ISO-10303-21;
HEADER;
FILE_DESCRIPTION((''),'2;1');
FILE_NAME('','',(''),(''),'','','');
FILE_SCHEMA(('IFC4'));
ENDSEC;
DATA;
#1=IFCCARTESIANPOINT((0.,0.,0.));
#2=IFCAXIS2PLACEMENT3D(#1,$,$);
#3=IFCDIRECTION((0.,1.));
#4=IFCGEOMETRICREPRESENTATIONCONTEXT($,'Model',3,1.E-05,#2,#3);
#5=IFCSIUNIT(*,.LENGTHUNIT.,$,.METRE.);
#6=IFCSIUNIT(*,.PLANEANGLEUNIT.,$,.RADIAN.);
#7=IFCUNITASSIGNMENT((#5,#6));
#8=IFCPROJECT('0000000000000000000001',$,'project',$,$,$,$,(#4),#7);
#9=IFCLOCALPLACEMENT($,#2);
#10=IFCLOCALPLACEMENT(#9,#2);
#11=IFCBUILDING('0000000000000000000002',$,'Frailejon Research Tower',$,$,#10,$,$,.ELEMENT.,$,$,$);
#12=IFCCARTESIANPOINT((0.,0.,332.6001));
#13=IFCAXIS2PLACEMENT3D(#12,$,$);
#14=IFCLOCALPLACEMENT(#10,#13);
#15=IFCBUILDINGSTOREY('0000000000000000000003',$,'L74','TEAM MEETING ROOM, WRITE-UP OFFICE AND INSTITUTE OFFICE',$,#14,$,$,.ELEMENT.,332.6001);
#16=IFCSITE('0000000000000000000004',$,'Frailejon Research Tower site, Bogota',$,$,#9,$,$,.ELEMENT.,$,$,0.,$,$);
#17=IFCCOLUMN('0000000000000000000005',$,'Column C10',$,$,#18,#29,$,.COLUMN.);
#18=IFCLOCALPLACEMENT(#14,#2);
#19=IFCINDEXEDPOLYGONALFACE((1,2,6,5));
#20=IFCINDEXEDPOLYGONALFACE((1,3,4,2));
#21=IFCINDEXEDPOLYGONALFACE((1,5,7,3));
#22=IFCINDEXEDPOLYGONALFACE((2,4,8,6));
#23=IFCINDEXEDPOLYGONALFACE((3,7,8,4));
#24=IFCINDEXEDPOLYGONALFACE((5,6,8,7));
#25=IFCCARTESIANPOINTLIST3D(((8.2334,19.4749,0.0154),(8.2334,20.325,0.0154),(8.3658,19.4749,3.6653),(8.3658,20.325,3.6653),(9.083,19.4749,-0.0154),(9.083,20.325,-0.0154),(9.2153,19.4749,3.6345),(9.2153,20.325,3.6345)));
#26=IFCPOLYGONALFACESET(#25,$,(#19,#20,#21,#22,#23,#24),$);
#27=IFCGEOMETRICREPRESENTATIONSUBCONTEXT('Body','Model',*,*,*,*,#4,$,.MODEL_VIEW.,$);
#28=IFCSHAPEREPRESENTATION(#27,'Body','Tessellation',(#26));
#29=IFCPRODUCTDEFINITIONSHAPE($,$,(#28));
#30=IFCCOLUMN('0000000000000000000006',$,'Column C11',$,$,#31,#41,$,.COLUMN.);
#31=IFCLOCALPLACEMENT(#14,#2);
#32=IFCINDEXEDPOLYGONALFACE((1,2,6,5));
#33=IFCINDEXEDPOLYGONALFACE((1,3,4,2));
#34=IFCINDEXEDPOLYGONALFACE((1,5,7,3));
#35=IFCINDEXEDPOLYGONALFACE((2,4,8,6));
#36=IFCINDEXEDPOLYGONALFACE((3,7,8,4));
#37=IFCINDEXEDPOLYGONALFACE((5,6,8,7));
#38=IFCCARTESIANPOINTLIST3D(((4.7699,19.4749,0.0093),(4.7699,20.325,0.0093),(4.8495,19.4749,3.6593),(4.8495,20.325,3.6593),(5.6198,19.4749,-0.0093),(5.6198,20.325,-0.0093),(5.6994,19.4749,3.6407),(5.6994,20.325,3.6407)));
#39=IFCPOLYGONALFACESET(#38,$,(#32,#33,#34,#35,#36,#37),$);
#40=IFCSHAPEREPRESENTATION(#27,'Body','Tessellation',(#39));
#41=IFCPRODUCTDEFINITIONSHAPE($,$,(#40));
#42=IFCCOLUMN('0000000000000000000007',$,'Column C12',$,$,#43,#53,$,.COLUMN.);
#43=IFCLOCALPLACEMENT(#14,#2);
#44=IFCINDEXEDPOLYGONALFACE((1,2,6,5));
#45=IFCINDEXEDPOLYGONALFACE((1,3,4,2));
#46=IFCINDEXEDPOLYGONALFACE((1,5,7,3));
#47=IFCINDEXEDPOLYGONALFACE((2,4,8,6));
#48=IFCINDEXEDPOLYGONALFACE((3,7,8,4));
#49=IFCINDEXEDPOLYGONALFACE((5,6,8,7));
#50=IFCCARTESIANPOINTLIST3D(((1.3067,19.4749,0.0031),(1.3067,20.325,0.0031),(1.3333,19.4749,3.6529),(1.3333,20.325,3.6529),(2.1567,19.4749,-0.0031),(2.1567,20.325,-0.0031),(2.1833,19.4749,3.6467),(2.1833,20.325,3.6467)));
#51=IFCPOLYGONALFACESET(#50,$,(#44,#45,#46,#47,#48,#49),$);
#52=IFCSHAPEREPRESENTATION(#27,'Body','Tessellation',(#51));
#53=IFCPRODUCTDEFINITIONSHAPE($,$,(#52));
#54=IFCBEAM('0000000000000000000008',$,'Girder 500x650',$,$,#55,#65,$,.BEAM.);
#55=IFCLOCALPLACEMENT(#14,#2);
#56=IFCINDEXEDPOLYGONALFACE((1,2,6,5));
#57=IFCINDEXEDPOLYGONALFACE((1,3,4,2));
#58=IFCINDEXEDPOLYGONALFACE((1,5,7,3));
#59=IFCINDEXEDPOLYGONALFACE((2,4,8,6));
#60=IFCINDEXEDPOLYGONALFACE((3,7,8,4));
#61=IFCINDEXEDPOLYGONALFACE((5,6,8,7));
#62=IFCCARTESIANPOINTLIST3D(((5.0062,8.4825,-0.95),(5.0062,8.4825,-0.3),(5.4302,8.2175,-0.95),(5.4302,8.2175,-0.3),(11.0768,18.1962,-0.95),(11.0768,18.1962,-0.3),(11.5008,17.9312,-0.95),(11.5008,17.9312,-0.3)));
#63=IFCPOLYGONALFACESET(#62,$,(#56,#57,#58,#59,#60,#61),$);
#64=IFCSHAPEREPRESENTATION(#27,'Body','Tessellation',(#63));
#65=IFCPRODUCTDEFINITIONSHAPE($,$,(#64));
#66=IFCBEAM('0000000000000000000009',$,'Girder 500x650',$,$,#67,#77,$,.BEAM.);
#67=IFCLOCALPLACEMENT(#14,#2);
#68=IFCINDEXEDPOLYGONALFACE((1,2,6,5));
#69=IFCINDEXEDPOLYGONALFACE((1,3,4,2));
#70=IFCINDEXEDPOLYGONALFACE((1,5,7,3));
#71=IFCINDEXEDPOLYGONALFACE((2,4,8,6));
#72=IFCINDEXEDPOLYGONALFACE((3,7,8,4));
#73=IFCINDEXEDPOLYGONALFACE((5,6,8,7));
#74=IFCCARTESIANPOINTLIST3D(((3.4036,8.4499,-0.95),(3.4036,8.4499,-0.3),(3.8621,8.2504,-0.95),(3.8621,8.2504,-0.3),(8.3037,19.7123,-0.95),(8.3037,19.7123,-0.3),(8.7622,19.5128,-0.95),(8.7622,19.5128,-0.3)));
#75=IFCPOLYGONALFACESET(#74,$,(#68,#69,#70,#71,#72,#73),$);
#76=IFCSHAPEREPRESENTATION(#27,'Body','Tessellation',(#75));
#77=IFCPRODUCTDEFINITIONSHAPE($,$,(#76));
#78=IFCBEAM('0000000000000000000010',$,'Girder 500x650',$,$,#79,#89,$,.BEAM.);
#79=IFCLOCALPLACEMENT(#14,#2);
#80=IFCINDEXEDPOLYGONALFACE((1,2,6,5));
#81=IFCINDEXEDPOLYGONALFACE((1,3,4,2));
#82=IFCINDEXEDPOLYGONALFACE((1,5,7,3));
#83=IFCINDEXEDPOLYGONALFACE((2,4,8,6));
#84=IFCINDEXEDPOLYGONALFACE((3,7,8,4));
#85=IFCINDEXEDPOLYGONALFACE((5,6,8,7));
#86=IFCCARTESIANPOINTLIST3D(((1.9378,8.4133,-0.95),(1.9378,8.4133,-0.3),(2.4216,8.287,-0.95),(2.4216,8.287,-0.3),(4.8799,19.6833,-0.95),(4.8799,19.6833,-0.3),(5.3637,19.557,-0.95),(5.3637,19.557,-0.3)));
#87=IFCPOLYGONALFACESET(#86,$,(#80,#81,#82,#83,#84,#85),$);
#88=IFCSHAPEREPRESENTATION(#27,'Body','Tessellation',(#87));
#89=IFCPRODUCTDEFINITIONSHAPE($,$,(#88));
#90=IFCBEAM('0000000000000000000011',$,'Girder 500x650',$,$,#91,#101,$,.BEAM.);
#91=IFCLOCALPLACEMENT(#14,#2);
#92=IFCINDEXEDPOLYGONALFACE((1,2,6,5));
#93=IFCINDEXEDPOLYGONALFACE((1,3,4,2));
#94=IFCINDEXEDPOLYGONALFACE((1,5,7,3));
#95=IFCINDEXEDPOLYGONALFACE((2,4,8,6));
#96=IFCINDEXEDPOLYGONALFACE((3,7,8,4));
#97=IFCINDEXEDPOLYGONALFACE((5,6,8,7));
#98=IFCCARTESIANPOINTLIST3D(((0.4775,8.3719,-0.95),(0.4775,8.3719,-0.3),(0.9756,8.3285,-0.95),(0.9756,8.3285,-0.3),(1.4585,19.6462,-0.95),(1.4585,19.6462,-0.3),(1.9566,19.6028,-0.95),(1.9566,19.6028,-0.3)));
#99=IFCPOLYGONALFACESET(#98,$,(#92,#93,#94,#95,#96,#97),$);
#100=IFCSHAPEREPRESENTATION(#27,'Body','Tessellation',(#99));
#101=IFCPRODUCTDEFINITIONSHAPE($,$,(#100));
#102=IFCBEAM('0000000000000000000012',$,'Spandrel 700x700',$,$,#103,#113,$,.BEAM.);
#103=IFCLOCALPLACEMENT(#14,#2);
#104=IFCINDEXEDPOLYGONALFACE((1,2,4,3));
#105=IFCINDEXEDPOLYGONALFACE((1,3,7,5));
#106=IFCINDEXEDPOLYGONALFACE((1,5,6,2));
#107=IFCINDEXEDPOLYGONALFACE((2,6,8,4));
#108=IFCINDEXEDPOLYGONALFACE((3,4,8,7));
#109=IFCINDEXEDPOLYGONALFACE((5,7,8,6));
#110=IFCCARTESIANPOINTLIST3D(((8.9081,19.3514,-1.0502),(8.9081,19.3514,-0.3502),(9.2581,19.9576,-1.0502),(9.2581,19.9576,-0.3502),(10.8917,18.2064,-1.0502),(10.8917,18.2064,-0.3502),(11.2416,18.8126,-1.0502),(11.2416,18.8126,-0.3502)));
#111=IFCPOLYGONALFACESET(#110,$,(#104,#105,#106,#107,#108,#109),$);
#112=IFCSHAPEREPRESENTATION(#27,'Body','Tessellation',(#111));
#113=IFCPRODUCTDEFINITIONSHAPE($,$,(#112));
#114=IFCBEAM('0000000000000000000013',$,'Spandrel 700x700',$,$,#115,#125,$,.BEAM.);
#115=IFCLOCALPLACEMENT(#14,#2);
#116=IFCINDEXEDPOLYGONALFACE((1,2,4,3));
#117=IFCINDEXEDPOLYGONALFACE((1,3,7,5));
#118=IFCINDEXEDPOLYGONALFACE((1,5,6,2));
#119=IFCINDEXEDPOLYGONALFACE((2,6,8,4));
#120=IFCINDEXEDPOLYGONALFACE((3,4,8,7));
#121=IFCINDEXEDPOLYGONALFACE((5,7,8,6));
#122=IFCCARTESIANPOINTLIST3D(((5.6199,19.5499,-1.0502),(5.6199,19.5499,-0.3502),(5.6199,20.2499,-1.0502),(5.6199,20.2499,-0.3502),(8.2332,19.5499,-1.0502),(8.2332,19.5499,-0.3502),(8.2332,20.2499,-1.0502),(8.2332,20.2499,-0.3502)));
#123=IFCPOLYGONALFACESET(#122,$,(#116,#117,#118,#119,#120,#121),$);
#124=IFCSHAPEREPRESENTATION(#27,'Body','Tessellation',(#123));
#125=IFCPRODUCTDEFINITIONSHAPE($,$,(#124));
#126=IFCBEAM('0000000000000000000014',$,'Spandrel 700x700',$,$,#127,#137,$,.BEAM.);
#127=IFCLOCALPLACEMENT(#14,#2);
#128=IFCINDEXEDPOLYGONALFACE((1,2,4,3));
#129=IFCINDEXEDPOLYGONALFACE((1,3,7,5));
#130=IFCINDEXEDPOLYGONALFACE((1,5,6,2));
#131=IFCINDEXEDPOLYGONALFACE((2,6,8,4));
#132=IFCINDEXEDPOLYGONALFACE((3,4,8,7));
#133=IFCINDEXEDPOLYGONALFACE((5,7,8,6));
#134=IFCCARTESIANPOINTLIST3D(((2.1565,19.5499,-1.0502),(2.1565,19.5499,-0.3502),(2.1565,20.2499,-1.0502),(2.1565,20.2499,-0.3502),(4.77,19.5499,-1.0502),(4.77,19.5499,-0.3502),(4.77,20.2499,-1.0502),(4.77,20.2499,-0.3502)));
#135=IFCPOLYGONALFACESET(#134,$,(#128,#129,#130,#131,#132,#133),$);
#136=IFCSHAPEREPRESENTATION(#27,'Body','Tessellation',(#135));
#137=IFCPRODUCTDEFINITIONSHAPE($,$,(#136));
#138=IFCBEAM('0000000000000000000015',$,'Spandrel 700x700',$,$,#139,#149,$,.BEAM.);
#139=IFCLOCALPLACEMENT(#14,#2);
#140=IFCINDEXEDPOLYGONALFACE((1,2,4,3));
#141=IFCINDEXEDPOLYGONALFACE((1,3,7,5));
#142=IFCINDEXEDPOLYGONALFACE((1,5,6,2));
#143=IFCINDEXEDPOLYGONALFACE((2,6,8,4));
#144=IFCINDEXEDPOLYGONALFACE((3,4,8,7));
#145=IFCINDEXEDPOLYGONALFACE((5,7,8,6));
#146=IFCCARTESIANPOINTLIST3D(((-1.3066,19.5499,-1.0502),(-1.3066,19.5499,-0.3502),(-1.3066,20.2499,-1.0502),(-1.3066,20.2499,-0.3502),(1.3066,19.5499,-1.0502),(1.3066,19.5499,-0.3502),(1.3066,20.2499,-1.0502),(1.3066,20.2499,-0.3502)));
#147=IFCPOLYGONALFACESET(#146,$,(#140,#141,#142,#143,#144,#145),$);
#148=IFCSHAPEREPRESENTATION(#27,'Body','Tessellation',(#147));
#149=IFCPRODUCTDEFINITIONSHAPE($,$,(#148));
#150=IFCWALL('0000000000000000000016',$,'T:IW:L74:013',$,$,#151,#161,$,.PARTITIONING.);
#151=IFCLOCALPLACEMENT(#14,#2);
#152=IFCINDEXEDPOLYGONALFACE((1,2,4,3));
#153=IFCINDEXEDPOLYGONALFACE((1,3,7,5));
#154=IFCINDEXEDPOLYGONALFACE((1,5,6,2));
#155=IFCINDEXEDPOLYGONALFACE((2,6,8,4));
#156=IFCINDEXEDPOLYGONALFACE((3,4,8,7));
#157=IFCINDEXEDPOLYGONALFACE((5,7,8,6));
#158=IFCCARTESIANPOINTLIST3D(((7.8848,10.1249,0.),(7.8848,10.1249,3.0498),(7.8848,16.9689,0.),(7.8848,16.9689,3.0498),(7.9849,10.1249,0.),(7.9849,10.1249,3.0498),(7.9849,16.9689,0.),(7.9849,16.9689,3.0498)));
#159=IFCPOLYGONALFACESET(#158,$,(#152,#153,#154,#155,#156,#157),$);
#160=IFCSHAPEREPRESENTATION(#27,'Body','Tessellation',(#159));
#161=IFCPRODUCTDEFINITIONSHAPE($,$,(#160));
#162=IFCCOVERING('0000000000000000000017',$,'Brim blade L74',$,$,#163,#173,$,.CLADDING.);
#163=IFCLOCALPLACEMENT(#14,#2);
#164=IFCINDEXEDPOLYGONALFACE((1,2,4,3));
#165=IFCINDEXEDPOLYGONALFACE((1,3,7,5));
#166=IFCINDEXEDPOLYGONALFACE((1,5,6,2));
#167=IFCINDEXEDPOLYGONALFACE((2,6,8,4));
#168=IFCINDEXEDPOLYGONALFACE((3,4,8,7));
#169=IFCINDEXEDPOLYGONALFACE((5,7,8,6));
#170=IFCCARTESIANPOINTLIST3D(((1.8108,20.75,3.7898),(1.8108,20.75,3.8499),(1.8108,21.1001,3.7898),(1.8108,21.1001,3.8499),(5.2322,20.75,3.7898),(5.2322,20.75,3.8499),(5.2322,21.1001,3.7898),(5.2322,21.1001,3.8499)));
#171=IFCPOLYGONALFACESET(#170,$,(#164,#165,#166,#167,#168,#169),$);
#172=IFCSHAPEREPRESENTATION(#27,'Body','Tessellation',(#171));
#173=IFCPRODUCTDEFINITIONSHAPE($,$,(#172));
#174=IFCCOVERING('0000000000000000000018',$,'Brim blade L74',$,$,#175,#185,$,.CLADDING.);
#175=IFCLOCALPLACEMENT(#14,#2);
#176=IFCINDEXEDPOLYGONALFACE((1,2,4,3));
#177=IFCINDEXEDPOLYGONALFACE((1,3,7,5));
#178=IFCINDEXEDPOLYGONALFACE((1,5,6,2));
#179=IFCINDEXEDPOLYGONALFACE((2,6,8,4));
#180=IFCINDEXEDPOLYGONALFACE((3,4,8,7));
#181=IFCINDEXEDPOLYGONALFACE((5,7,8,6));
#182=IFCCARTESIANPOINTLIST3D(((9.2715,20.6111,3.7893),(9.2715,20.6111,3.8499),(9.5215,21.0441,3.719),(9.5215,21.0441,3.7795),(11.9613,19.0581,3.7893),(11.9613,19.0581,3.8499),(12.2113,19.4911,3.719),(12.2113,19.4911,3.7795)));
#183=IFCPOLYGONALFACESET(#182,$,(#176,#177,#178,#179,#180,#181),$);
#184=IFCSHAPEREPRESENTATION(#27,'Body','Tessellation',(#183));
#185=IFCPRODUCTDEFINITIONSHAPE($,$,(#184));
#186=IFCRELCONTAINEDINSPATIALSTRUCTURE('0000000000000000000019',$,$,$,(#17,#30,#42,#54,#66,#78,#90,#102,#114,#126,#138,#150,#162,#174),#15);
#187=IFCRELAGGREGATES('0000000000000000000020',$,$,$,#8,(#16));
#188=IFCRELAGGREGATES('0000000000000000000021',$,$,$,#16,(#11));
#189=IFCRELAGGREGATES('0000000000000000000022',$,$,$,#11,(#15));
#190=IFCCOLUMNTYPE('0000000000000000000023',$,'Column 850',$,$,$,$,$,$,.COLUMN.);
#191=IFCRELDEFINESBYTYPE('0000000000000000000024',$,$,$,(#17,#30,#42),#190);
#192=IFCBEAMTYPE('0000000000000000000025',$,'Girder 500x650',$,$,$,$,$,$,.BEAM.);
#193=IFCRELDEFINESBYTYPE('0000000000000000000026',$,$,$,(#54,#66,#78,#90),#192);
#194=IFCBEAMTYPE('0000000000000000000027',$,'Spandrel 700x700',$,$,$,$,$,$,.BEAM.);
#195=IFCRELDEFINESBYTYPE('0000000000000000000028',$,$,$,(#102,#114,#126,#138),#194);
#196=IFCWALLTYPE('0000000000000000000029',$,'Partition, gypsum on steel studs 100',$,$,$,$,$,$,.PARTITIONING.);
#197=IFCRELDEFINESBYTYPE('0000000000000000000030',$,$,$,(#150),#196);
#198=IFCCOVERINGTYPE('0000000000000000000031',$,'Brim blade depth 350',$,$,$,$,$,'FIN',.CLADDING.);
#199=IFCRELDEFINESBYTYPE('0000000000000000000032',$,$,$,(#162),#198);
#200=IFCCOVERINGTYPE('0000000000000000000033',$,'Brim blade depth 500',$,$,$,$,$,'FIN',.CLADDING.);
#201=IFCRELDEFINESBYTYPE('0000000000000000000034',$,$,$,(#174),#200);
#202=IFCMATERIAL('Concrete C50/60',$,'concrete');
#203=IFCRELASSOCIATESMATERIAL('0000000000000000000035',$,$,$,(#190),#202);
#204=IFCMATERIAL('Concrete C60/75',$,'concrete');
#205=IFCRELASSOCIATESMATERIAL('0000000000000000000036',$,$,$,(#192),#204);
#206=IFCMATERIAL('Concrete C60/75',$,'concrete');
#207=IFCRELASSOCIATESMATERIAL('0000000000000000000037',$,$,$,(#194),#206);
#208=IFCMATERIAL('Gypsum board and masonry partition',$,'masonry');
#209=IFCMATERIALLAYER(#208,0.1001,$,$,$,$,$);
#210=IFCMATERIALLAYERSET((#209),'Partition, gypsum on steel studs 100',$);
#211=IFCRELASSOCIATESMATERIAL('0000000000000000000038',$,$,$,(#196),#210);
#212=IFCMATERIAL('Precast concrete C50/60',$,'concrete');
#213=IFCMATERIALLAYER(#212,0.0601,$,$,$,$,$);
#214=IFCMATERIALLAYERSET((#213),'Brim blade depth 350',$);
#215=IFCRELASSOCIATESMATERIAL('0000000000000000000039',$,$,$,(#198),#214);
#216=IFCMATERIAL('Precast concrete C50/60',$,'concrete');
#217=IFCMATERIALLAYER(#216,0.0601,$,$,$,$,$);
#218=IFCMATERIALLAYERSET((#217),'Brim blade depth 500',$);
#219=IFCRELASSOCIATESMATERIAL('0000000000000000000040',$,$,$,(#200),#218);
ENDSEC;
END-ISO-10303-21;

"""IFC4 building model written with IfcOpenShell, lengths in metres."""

from ifc_helpers import new_model, si_unit, direction, frame, frame_2d, origin, origin_2d, place, context, subcontext, project, spatial, polyline, rectangle, outline, extrude, material, layer, layer_set, material_profile, profile_set, type_object, element, save


model = new_model("IFC4")

# Units and contexts
model_context = context("Model", 3, precision=1e-05, world=origin(), true_north=direction((0.0, 1.0)))
body_context = subcontext(model_context, "Body", "Model", "MODEL_VIEW")
ifc_project = project(units=[si_unit("LENGTHUNIT", "METRE"), si_unit("PLANEANGLEUNIT", "RADIAN")], contexts=[model_context])

# Site, building, storey
site_placement = place(None, origin())
site = spatial("IfcSite", under=ifc_project, at=site_placement, Name="Frailejon Research Tower site, Bogota", CompositionType="ELEMENT", RefElevation=0.0)
building_placement = place(site_placement, origin())
building = spatial("IfcBuilding", under=site, at=building_placement, Name="Frailejon Research Tower", CompositionType="ELEMENT")
storey_placement = place(building_placement, frame((0.0, 0.0, 332.6001)))
storey = spatial("IfcBuildingStorey", under=building, at=storey_placement, Name="L74", Description="TEAM MEETING ROOM, WRITE-UP OFFICE AND INSTITUTE OFFICE", CompositionType="ELEMENT", Elevation=332.6001)

# Columns
ifc_material_1 = material(Name="Concrete C50/60", Category="concrete")
ifc_material_profile_1 = material_profile(ifc_material_1, rectangle(XDim=0.8501, YDim=0.8501, at=origin_2d()), Name="Column 850")
ifc_profile_set_1 = profile_set([ifc_material_profile_1], Name="Concrete C50/60")
column_type = type_object("IfcColumnType", Name="Column 850", PredefinedType="COLUMN", material=ifc_profile_set_1)
column_1_placement = place(storey_placement, frame((8.6582, 19.8999, 0.0), z_axis=(0.03623, 0.0, 0.999343), x_axis=(-0.999343, 0.0, 0.03623)))
element("IfcColumn", 1, at=column_1_placement, inside=storey, type_object=column_type, Name="Column C10", PredefinedType="COLUMN", context=body_context, shape_type="SweptSolid", body=[
    extrude(rectangle(XDim=0.8501, YDim=0.8501, at=origin_2d()), origin(), (0.0, 0.0, 1.0), 3.6523),
])
column_2_placement = place(storey_placement, frame((5.1948, 19.8999, 0.0), z_axis=(0.021801, 0.0, 0.999762), x_axis=(-0.999762, 0.0, 0.021801)))
element("IfcColumn", 2, at=column_2_placement, inside=storey, type_object=column_type, Name="Column C11", PredefinedType="COLUMN", context=body_context, shape_type="SweptSolid", body=[
    extrude(rectangle(XDim=0.8501, YDim=0.8501, at=origin_2d()), origin(), (0.0, 0.0, 1.0), 3.6509),
])
column_3_placement = place(storey_placement, frame((1.7317, 19.8999, 0.0), z_axis=(0.007291, 0.0, 0.999973), x_axis=(-0.999973, 0.0, 0.007291)))
element("IfcColumn", 3, at=column_3_placement, inside=storey, type_object=column_type, Name="Column C12", PredefinedType="COLUMN", context=body_context, shape_type="SweptSolid", body=[
    extrude(rectangle(XDim=0.8501, YDim=0.8501, at=origin_2d()), origin(), (0.0, 0.0, 1.0), 3.6499),
])

# Beams
ifc_material_2 = material(Name="Concrete C60/75", Category="concrete")
ifc_material_profile_2 = material_profile(ifc_material_2, rectangle(XDim=0.5, YDim=0.6499, at=origin_2d()), Name="Girder 500x650")
ifc_profile_set_2 = profile_set([ifc_material_profile_2], Name="Concrete C60/75")
beam_type_1 = type_object("IfcBeamType", Name="Girder 500x650", PredefinedType="BEAM", material=ifc_profile_set_2)
beam_1_placement = place(storey_placement, frame((11.2888, 18.0637, -0.625), z_axis=(-0.52997, -0.848016, 0.0), x_axis=(0.848016, -0.52997, 0.0)))
element("IfcBeam", 4, at=beam_1_placement, inside=storey, type_object=beam_type_1, Name="Girder 500x650", PredefinedType="BEAM", context=body_context, shape_type="SweptSolid", body=[
    extrude(rectangle(XDim=0.5, YDim=0.6499, at=origin_2d()), origin(), (0.0, 0.0, 1.0), 11.4546),
])
beam_2_placement = place(storey_placement, frame((8.533, 19.6125, -0.625), z_axis=(-0.398961, -0.916968, 0.0), x_axis=(0.916968, -0.398961, 0.0)))
element("IfcBeam", 5, at=beam_2_placement, inside=storey, type_object=beam_type_1, Name="Girder 500x650", PredefinedType="BEAM", context=body_context, shape_type="SweptSolid", body=[
    extrude(rectangle(XDim=0.5, YDim=0.6499, at=origin_2d()), origin(), (0.0, 0.0, 1.0), 12.2822),
])
beam_3_placement = place(storey_placement, frame((5.1218, 19.6201, -0.625), z_axis=(-0.252593, -0.967573, 0.0), x_axis=(0.967573, -0.252593, 0.0)))
element("IfcBeam", 6, at=beam_3_placement, inside=storey, type_object=beam_type_1, Name="Girder 500x650", PredefinedType="BEAM", context=body_context, shape_type="SweptSolid", body=[
    extrude(rectangle(XDim=0.5, YDim=0.6499, at=origin_2d()), origin(), (0.0, 0.0, 1.0), 11.6477),
])
beam_4_placement = place(storey_placement, frame((1.7075, 19.6245, -0.625), z_axis=(-0.08668, -0.996236, 0.0), x_axis=(0.996236, -0.08668, 0.0)))
element("IfcBeam", 7, at=beam_4_placement, inside=storey, type_object=beam_type_1, Name="Girder 500x650", PredefinedType="BEAM", context=body_context, shape_type="SweptSolid", body=[
    extrude(rectangle(XDim=0.5, YDim=0.6499, at=origin_2d()), origin(), (0.0, 0.0, 1.0), 11.3169),
])
ifc_material_3 = material(Name="Concrete C60/75", Category="concrete")
ifc_material_profile_3 = material_profile(ifc_material_3, rectangle(XDim=0.7, YDim=0.7, at=origin_2d()), Name="Spandrel 700x700")
ifc_profile_set_3 = profile_set([ifc_material_profile_3], Name="Concrete C60/75")
beam_type_2 = type_object("IfcBeamType", Name="Spandrel 700x700", PredefinedType="BEAM", material=ifc_profile_set_3)
beam_5_placement = place(storey_placement, frame((11.0667, 18.5095, -0.7002), z_axis=(-0.86607, 0.499922, 0.0), x_axis=(-0.499922, -0.86607, 0.0)))
element("IfcBeam", 8, at=beam_5_placement, inside=storey, type_object=beam_type_2, Name="Spandrel 700x700", PredefinedType="BEAM", context=body_context, shape_type="SweptSolid", body=[
    extrude(rectangle(XDim=0.7, YDim=0.7, at=origin_2d()), origin(), (0.0, 0.0, 1.0), 2.2903),
])
beam_6_placement = place(storey_placement, frame((8.2332, 19.8999, -0.7002), z_axis=(-1.0, 0.0, 0.0), x_axis=(0.0, -1.0, 0.0)))
element("IfcBeam", 9, at=beam_6_placement, inside=storey, type_object=beam_type_2, Name="Spandrel 700x700", PredefinedType="BEAM", context=body_context, shape_type="SweptSolid", body=[
    extrude(rectangle(XDim=0.7, YDim=0.7, at=origin_2d()), origin(), (0.0, 0.0, 1.0), 2.6133),
])
beam_7_placement = place(storey_placement, frame((4.77, 19.8999, -0.7002), z_axis=(-1.0, 0.0, 0.0), x_axis=(0.0, -1.0, 0.0)))
element("IfcBeam", 10, at=beam_7_placement, inside=storey, type_object=beam_type_2, Name="Spandrel 700x700", PredefinedType="BEAM", context=body_context, shape_type="SweptSolid", body=[
    extrude(rectangle(XDim=0.7, YDim=0.7, at=origin_2d()), origin(), (0.0, 0.0, 1.0), 2.6135),
])
beam_8_placement = place(storey_placement, frame((1.3066, 19.8999, -0.7002), z_axis=(-1.0, 0.0, 0.0), x_axis=(0.0, -1.0, 0.0)))
element("IfcBeam", 11, at=beam_8_placement, inside=storey, type_object=beam_type_2, Name="Spandrel 700x700", PredefinedType="BEAM", context=body_context, shape_type="SweptSolid", body=[
    extrude(rectangle(XDim=0.7, YDim=0.7, at=origin_2d()), origin(), (0.0, 0.0, 1.0), 2.6133),
])

# Wall
ifc_material_4 = material(Name="Gypsum board and masonry partition", Category="masonry")
ifc_layer_1 = layer(ifc_material_4, 0.1001)
ifc_layer_set_1 = layer_set([ifc_layer_1], Name="Partition, gypsum on steel studs 100")
wall_type_1 = type_object("IfcWallType", Name="Partition, gypsum on steel studs 100", PredefinedType="PARTITIONING", material=ifc_layer_set_1)
wall_1_placement = place(storey_placement, frame((7.9348, 10.125, 0.0), z_axis=(0.0, 0.0, 1.0), x_axis=(0.0, 1.0, 0.0)))
element("IfcWall", 12, at=wall_1_placement, inside=storey, type_object=wall_type_1, Name="T:IW:L74:013", PredefinedType="PARTITIONING", context=body_context, shape_type="SweptSolid", body=[
    extrude(rectangle(XDim=6.844, YDim=0.1001, at=frame_2d((3.4219, 0.0))), origin(), (0.0, 0.0, 1.0), 3.0498),
])

# Coverings
ifc_material_5 = material(Name="Precast concrete C50/60", Category="concrete")
ifc_layer_2 = layer(ifc_material_5, 0.0601)
ifc_layer_set_2 = layer_set([ifc_layer_2], Name="Brim blade depth 350")
covering_type_1 = type_object("IfcCoveringType", Name="Brim blade depth 350", ElementType="FIN", PredefinedType="CLADDING", material=ifc_layer_set_2)
covering_1_placement = place(storey_placement, frame((1.8108, 20.75, 3.8499), z_axis=(1.0, 0.0, 0.0), x_axis=(0.0, 1.0, 0.0)))
element("IfcCovering", 13, at=covering_1_placement, inside=storey, type_object=covering_type_1, Name="Brim blade L74", PredefinedType="CLADDING", context=body_context, shape_type="SweptSolid", body=[
    extrude(outline(polyline([(0.0, -0.0601), (0.3501, -0.0601), (0.3501, 0.0), (0.0, 0.0), (0.0, -0.0601)])), origin(), (0.0, 0.0, 1.0), 3.4214),
])
ifc_material_6 = material(Name="Precast concrete C50/60", Category="concrete")
ifc_layer_3 = layer(ifc_material_6, 0.0601)
ifc_layer_set_3 = layer_set([ifc_layer_3], Name="Brim blade depth 500")
covering_type_2 = type_object("IfcCoveringType", Name="Brim blade depth 500", ElementType="FIN", PredefinedType="CLADDING", material=ifc_layer_set_3)
covering_2_placement = place(storey_placement, frame((9.2715, 20.6111, 3.8499), z_axis=(0.866027, -0.499997, 0.0), x_axis=(0.499997, 0.866027, 0.0)))
element("IfcCovering", 14, at=covering_2_placement, inside=storey, type_object=covering_type_2, Name="Brim blade L74", PredefinedType="CLADDING", context=body_context, shape_type="SweptSolid", body=[
    extrude(outline(polyline([(0.0, -0.0605), (0.5, -0.1309), (0.5, -0.0703), (0.0, 0.0), (0.0, -0.0605)])), origin(), (0.0, 0.0, 1.0), 3.106),
])

save(model, "model.ifc")
